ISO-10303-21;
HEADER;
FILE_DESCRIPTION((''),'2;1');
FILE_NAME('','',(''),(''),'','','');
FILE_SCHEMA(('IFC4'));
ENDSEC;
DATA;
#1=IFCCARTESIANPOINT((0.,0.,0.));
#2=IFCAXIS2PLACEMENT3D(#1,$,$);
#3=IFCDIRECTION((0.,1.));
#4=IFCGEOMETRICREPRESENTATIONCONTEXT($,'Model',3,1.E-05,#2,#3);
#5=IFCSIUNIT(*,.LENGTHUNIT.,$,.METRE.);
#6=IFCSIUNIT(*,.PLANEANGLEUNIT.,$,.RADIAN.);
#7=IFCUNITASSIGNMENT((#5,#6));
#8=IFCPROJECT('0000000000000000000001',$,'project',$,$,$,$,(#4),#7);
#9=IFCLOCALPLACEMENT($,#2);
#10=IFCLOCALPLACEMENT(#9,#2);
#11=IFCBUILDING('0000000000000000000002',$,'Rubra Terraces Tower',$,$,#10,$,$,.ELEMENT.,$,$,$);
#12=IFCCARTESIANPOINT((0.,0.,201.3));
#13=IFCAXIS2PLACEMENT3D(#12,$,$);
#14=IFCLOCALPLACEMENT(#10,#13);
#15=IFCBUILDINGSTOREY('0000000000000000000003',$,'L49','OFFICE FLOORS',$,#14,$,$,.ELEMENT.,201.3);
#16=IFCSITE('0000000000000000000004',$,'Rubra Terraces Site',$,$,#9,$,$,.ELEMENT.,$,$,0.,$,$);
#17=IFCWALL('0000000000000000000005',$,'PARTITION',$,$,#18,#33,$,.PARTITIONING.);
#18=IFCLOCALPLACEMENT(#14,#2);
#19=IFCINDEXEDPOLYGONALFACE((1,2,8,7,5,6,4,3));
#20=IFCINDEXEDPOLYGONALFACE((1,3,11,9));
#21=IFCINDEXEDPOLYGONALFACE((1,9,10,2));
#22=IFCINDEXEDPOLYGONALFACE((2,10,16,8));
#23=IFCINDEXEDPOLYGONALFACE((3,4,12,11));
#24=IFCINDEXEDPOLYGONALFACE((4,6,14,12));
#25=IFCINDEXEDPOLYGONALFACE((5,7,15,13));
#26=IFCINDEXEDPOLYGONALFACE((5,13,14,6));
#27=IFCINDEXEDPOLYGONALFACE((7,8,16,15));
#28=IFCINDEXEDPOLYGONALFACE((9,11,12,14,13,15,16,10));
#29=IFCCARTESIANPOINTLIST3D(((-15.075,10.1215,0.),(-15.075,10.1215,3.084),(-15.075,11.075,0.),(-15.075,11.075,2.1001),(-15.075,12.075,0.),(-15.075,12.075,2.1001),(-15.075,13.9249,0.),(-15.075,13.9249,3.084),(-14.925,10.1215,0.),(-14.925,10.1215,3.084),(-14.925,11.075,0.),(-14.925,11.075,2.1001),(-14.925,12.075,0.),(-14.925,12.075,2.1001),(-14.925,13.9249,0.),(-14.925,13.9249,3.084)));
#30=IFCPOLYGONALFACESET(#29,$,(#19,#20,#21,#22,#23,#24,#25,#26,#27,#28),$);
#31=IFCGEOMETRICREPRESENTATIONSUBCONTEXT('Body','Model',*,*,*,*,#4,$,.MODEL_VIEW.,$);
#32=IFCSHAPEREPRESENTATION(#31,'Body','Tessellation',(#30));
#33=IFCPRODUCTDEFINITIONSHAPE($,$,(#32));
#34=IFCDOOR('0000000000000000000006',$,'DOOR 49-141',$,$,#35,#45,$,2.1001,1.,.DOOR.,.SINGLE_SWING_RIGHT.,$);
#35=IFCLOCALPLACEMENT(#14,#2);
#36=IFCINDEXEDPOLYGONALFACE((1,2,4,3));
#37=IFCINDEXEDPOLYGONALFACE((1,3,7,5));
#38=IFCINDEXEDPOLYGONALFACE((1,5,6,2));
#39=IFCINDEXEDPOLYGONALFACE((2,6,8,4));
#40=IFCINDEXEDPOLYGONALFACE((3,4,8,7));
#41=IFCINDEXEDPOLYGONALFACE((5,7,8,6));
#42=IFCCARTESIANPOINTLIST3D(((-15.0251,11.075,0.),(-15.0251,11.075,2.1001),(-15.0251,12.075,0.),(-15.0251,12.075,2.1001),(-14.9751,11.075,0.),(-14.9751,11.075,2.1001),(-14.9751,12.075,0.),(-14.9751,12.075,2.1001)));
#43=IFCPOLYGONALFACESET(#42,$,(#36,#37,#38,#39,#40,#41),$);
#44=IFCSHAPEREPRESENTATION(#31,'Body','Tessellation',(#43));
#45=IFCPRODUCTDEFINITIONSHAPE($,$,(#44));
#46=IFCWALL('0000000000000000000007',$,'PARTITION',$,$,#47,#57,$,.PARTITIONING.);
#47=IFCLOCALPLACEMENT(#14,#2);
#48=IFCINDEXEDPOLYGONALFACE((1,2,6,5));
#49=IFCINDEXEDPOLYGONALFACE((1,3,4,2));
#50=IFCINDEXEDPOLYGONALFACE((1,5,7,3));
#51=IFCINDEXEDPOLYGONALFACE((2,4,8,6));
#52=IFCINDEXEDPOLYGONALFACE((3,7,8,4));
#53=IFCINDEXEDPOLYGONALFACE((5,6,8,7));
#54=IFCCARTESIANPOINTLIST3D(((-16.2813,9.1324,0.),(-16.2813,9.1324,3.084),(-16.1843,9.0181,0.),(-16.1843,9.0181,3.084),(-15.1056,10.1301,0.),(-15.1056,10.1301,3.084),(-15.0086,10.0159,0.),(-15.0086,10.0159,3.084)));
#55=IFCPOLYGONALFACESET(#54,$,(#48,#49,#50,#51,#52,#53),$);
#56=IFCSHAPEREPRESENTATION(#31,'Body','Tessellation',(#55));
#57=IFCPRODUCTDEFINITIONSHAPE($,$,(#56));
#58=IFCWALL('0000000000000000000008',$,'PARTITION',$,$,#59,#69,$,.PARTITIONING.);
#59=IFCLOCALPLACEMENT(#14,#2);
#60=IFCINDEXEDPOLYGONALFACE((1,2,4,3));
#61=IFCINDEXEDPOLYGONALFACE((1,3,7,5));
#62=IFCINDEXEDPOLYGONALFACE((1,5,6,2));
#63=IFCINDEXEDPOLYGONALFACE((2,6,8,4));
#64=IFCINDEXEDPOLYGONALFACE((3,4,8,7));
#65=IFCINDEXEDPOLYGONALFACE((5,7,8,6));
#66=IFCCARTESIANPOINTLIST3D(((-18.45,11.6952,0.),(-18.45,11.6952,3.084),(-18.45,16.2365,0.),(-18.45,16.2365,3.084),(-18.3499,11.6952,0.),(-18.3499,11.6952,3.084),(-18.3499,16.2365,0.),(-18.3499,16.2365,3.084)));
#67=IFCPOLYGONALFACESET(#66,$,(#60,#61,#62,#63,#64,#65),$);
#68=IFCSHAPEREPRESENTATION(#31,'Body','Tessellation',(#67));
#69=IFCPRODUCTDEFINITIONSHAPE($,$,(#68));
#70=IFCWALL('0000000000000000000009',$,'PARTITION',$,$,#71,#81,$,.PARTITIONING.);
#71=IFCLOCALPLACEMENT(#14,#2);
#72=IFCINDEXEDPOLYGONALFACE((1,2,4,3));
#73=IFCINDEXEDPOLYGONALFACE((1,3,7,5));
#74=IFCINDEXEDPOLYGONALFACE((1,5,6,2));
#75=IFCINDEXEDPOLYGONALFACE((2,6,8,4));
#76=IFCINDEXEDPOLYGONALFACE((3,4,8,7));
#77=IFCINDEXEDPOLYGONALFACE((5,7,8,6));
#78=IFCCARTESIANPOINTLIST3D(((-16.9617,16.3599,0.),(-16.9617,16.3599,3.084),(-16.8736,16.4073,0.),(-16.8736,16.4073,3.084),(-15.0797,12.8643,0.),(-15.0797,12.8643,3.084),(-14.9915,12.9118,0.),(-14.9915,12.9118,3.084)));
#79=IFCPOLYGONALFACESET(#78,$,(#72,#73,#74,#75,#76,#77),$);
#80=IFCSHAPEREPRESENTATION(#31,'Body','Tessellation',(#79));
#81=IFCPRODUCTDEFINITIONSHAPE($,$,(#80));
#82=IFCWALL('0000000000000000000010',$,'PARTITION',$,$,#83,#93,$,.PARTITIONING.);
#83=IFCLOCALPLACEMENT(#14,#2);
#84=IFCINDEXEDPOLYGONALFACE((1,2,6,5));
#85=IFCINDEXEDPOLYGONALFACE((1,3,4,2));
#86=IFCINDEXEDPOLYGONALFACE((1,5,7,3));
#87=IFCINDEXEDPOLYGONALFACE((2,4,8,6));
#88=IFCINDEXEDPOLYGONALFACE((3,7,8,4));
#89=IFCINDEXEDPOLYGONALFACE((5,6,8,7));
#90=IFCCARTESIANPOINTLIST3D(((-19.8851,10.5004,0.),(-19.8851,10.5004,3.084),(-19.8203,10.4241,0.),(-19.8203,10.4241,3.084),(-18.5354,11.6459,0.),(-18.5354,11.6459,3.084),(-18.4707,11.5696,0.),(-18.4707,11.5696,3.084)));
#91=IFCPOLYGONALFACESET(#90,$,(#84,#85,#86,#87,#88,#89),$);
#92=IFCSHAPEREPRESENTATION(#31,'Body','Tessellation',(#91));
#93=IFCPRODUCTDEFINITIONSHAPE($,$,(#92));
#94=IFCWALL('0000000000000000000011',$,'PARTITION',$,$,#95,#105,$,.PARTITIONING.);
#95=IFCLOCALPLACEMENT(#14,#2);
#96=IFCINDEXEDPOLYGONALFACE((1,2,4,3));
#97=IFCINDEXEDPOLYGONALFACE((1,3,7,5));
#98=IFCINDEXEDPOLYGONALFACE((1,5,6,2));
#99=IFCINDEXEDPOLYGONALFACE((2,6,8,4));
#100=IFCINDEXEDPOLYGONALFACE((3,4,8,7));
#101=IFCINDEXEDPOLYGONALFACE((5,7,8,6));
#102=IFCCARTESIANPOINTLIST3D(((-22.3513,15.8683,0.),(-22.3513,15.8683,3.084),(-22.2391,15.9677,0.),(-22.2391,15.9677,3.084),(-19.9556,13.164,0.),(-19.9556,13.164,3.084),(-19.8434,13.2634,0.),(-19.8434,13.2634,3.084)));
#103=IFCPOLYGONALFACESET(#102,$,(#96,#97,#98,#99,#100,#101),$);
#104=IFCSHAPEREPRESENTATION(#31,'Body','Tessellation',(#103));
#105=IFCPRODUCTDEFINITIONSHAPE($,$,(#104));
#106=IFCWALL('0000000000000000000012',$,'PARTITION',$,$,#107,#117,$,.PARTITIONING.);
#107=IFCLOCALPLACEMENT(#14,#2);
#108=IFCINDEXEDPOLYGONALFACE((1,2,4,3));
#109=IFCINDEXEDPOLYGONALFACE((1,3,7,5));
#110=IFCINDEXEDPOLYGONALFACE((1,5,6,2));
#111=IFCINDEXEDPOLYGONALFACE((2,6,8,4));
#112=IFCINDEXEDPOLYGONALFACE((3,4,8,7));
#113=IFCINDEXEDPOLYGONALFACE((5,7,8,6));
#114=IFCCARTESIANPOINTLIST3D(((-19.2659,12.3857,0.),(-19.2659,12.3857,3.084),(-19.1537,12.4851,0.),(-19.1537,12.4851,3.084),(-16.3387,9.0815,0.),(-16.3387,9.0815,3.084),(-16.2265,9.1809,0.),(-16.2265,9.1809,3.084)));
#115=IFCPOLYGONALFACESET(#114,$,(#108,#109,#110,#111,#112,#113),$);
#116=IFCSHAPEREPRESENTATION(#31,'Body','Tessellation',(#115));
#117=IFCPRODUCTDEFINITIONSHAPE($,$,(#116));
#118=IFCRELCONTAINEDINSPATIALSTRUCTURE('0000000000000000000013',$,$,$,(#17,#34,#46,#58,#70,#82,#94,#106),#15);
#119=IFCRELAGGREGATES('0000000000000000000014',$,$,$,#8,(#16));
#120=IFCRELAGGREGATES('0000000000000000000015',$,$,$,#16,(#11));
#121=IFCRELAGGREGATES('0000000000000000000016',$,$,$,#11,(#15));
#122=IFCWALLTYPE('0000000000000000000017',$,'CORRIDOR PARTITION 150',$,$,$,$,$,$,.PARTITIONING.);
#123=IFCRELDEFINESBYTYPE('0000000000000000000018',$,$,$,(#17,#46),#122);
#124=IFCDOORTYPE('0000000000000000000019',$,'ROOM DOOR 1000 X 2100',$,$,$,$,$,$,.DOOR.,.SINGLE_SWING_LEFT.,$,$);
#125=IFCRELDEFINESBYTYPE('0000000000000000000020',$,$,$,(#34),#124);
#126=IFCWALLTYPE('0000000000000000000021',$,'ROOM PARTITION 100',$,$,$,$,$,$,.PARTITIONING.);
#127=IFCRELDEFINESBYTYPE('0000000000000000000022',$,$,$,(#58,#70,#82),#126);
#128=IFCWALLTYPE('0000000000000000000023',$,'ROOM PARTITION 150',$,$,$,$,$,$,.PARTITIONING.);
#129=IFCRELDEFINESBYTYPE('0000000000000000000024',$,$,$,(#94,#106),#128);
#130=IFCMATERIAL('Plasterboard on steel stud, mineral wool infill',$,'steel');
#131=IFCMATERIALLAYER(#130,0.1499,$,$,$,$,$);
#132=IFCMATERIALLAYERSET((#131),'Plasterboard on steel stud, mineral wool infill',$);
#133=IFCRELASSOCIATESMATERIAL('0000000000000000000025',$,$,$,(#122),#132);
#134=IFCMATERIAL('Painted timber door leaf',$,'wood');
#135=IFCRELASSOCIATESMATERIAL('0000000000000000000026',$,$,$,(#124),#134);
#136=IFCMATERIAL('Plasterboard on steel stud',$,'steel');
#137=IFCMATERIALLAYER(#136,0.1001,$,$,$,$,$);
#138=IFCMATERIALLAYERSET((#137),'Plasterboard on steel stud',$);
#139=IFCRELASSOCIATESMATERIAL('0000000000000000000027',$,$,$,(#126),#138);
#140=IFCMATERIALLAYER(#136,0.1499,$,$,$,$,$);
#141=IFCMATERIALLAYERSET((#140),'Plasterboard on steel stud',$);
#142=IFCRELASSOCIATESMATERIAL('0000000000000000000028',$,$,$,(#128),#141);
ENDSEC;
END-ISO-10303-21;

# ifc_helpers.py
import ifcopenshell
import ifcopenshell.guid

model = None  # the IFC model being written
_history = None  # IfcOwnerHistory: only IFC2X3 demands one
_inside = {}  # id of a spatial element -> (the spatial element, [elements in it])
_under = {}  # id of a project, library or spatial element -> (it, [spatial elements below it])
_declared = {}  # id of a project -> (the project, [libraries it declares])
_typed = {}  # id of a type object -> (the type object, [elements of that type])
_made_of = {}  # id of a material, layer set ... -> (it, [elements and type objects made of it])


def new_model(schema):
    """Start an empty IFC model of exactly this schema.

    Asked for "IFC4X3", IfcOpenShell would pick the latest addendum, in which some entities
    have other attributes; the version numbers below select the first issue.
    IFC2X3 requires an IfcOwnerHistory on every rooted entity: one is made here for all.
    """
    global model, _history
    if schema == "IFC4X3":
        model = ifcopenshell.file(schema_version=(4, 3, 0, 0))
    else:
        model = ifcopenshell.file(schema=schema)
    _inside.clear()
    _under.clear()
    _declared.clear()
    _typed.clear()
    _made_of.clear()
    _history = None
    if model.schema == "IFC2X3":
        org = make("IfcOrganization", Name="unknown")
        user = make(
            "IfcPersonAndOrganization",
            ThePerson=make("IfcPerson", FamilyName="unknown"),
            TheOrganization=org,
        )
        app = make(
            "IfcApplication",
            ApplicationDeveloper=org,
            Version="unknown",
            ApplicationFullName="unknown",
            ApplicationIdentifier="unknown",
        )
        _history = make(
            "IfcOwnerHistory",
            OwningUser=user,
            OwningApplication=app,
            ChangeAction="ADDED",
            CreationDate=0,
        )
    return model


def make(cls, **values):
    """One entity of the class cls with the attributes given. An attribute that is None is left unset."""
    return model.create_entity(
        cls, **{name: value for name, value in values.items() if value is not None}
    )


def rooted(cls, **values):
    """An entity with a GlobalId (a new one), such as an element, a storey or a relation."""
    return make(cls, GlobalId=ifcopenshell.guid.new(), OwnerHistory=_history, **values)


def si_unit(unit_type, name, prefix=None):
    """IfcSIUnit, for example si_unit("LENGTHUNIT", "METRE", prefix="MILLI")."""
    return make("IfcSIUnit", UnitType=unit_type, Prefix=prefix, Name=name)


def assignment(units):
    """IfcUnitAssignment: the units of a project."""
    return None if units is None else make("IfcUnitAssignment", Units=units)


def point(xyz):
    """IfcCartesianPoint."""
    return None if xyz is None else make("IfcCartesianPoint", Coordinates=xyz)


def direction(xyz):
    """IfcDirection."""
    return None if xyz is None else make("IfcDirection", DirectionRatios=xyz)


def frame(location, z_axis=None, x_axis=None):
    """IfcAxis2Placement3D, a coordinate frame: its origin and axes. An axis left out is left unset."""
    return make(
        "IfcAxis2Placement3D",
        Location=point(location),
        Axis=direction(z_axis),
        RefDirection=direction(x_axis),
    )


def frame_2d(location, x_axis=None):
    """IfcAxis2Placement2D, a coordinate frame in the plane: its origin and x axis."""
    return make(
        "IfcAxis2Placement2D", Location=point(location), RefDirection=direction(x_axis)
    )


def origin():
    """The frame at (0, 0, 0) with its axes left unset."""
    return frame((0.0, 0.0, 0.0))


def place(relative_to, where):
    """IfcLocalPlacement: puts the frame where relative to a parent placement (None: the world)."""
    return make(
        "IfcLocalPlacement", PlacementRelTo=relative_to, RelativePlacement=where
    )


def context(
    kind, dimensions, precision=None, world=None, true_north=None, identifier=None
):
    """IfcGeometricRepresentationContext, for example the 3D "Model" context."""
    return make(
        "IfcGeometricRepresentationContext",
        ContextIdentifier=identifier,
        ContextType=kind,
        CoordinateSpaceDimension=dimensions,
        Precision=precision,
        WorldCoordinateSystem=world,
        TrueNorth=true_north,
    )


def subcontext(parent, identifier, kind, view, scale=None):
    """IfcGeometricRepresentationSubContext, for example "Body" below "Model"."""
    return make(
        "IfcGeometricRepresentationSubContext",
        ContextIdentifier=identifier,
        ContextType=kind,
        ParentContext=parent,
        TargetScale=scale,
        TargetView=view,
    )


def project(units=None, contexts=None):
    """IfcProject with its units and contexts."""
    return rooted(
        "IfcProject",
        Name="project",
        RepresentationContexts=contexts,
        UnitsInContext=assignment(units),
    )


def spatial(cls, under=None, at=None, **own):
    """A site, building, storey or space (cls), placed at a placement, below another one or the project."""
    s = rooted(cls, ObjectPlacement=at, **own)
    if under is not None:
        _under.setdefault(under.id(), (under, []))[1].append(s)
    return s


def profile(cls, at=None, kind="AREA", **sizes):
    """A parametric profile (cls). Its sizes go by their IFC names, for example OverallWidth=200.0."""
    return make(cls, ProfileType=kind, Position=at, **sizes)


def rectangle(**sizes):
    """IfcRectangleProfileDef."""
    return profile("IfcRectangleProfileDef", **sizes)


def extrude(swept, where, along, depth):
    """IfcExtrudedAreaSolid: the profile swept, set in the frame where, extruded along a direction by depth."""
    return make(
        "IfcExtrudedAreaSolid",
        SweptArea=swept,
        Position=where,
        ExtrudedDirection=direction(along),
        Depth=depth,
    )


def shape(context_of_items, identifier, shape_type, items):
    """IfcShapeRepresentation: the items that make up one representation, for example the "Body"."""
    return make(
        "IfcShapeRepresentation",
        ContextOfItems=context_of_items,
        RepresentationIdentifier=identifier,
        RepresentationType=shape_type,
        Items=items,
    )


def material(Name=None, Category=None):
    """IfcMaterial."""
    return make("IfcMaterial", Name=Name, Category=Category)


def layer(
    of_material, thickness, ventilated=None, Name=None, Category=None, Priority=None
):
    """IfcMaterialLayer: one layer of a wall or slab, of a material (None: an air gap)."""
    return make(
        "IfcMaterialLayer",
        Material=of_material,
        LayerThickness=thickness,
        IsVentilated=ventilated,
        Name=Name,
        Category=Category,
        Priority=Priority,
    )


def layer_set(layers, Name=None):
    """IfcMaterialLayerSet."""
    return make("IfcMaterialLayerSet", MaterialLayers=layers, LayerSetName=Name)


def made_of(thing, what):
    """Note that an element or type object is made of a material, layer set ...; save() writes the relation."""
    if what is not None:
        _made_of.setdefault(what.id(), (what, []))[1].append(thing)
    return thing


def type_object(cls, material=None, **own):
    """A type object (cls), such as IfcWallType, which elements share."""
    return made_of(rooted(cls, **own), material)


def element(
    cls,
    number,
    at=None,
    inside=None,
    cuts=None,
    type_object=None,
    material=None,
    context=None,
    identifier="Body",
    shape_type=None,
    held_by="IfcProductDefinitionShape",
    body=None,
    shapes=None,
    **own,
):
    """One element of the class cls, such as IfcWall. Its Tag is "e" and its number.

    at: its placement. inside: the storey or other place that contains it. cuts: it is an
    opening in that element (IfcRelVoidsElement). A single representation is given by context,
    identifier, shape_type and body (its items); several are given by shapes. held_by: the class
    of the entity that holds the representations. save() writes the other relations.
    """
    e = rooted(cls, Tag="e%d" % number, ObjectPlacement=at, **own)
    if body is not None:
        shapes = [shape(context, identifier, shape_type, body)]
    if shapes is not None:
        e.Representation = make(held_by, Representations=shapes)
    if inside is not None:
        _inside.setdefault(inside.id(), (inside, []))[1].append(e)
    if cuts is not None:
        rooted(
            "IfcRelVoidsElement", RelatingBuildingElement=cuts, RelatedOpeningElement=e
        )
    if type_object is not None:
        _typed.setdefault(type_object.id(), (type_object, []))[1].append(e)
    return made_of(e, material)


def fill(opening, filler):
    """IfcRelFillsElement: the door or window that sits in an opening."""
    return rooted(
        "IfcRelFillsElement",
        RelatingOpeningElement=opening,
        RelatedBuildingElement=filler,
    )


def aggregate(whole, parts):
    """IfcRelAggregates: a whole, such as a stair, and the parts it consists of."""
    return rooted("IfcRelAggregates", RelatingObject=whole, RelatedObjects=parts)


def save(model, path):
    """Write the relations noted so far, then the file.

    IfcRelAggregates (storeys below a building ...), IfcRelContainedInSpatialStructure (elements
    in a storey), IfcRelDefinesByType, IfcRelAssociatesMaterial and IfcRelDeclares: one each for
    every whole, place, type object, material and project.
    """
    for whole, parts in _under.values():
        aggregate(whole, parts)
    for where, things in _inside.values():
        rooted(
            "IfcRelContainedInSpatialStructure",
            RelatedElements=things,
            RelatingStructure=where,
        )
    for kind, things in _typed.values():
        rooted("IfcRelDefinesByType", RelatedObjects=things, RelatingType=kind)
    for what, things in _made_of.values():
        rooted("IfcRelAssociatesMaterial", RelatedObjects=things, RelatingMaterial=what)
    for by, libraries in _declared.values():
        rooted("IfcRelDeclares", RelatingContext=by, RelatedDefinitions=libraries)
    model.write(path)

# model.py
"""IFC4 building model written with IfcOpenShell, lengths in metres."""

from ifc_helpers import new_model, si_unit, direction, frame, frame_2d, origin, place, context, subcontext, project, spatial, rectangle, extrude, material, layer, layer_set, type_object, element, fill, save


model = new_model("IFC4")

# Units and contexts
model_context = context("Model", 3, precision=1e-05, world=origin(), true_north=direction((0.0, 1.0)))
body_context = subcontext(model_context, "Body", "Model", "MODEL_VIEW")
ifc_project = project(units=[si_unit("LENGTHUNIT", "METRE"), si_unit("PLANEANGLEUNIT", "RADIAN")], contexts=[model_context])

# Site, building, storey
site_placement = place(None, origin())
site = spatial("IfcSite", under=ifc_project, at=site_placement, Name="Rubra Terraces Site", CompositionType="ELEMENT", RefElevation=0.0)
building_placement = place(site_placement, origin())
building = spatial("IfcBuilding", under=site, at=building_placement, Name="Rubra Terraces Tower", CompositionType="ELEMENT")
storey_placement = place(building_placement, frame((0.0, 0.0, 201.3)))
storey = spatial("IfcBuildingStorey", under=building, at=storey_placement, Name="L49", Description="OFFICE FLOORS", CompositionType="ELEMENT", Elevation=201.3)

# Wall, opening, door
ifc_material_1 = material(Name="Plasterboard on steel stud, mineral wool infill", Category="steel")
ifc_layer_1 = layer(ifc_material_1, 0.1499)
ifc_layer_set_1 = layer_set([ifc_layer_1], Name="Plasterboard on steel stud, mineral wool infill")
wall_type_1 = type_object("IfcWallType", Name="CORRIDOR PARTITION 150", PredefinedType="PARTITIONING", material=ifc_layer_set_1)
wall_1_placement = place(storey_placement, frame((-15.0, 13.925, 0.0), z_axis=(0.0, 0.0, 1.0), x_axis=(0.0, -1.0, 0.0)))
wall_1 = element("IfcWall", 1, at=wall_1_placement, inside=storey, type_object=wall_type_1, Name="PARTITION", PredefinedType="PARTITIONING", context=body_context, shape_type="SweptSolid", body=[
    extrude(rectangle(XDim=3.8035, YDim=0.1499, at=frame_2d((1.9019, 0.0))), origin(), (0.0, 0.0, 1.0), 3.084),
])
opening_1_placement = place(wall_1_placement, frame((1.8501, 0.0, 0.0)))
opening_1 = element("IfcOpeningElement", 2, at=opening_1_placement, cuts=wall_1, PredefinedType="OPENING", context=body_context, shape_type="SweptSolid", body=[
    extrude(rectangle(XDim=1.0, YDim=2.1001, at=frame_2d((0.5, 1.05))), frame((0.0, 0.085, 0.0), z_axis=(0.0, -1.0, 0.0), x_axis=(1.0, 0.0, 0.0)), (0.0, 0.0, 1.0), 0.1699),
])
ifc_material_2 = material(Name="Painted timber door leaf", Category="wood")
door_type = type_object("IfcDoorType", Name="ROOM DOOR 1000 X 2100", OperationType="SINGLE_SWING_LEFT", PredefinedType="DOOR", material=ifc_material_2)
door_placement = place(opening_1_placement, origin())
door = element("IfcDoor", 3, at=door_placement, inside=storey, type_object=door_type, Name="DOOR 49-141", OperationType="SINGLE_SWING_RIGHT", OverallHeight=2.1001, OverallWidth=1.0, PredefinedType="DOOR", context=body_context, shape_type="SweptSolid", body=[
    extrude(rectangle(XDim=1.0, YDim=2.1001, at=frame_2d((0.5, 1.05))), frame((0.0, 0.0249, 0.0), z_axis=(0.0, -1.0, 0.0), x_axis=(1.0, 0.0, 0.0)), (0.0, 0.0, 1.0), 0.05),
])
fill(opening_1, door)

# Walls
wall_2_placement = place(storey_placement, frame((-15.0571, 10.073, 0.0), z_axis=(0.0, 0.0, 1.0), x_axis=(-0.762455, -0.647042, 0.0)))
element("IfcWall", 4, at=wall_2_placement, inside=storey, type_object=wall_type_1, Name="PARTITION", PredefinedType="PARTITIONING", context=body_context, shape_type="SweptSolid", body=[
    extrude(rectangle(XDim=1.542, YDim=0.1499, at=frame_2d((0.771, 0.0))), origin(), (0.0, 0.0, 1.0), 3.084),
])
ifc_material_3 = material(Name="Plasterboard on steel stud", Category="steel")
ifc_layer_2 = layer(ifc_material_3, 0.1001)
ifc_layer_set_2 = layer_set([ifc_layer_2], Name="Plasterboard on steel stud")
wall_type_2 = type_object("IfcWallType", Name="ROOM PARTITION 100", PredefinedType="PARTITIONING", material=ifc_layer_set_2)
wall_3_placement = place(storey_placement, frame((-18.3999, 11.6953, 0.0), z_axis=(0.0, 0.0, 1.0), x_axis=(0.0, 1.0, 0.0)))
element("IfcWall", 5, at=wall_3_placement, inside=storey, type_object=wall_type_2, Name="PARTITION", PredefinedType="PARTITIONING", context=body_context, shape_type="SweptSolid", body=[
    extrude(rectangle(XDim=4.5413, YDim=0.1001, at=frame_2d((2.2705, 0.0))), origin(), (0.0, 0.0, 1.0), 3.084),
])
wall_4_placement = place(storey_placement, frame((-15.0356, 12.8882, 0.0), z_axis=(0.0, 0.0, 1.0), x_axis=(-0.474067, 0.880489, 0.0)))
element("IfcWall", 6, at=wall_4_placement, inside=storey, type_object=wall_type_2, Name="PARTITION", PredefinedType="PARTITIONING", context=body_context, shape_type="SweptSolid", body=[
    extrude(rectangle(XDim=3.97, YDim=0.1001, at=frame_2d((1.9849, 0.0))), origin(), (0.0, 0.0, 1.0), 3.084),
])
wall_5_placement = place(storey_placement, frame((-19.8528, 10.4622, 0.0), z_axis=(0.0, 0.0, 1.0), x_axis=(0.762402, 0.647104, 0.0)))
element("IfcWall", 7, at=wall_5_placement, inside=storey, type_object=wall_type_2, Name="PARTITION", PredefinedType="PARTITIONING", context=body_context, shape_type="SweptSolid", body=[
    extrude(rectangle(XDim=1.7703, YDim=0.1001, at=frame_2d((0.8853, 0.0))), origin(), (0.0, 0.0, 1.0), 3.084),
])
ifc_layer_3 = layer(ifc_material_3, 0.1499)
ifc_layer_set_3 = layer_set([ifc_layer_3], Name="Plasterboard on steel stud")
wall_type_3 = type_object("IfcWallType", Name="ROOM PARTITION 150", PredefinedType="PARTITIONING", material=ifc_layer_set_3)
wall_6_placement = place(storey_placement, frame((-22.2952, 15.918, 0.0), z_axis=(0.0, 0.0, 1.0), x_axis=(0.663109, -0.748523, 0.0)))
element("IfcWall", 8, at=wall_6_placement, inside=storey, type_object=wall_type_3, Name="PARTITION", PredefinedType="PARTITIONING", context=body_context, shape_type="SweptSolid", body=[
    extrude(rectangle(XDim=3.6128, YDim=0.1499, at=frame_2d((1.8064, 0.0))), origin(), (0.0, 0.0, 1.0), 3.084),
])
wall_7_placement = place(storey_placement, frame((-19.2097, 12.4353, 0.0), z_axis=(0.0, 0.0, 1.0), x_axis=(0.66312, -0.748513, 0.0)))
element("IfcWall", 9, at=wall_7_placement, inside=storey, type_object=wall_type_3, Name="PARTITION", PredefinedType="PARTITIONING", context=body_context, shape_type="SweptSolid", body=[
    extrude(rectangle(XDim=4.4143, YDim=0.1499, at=frame_2d((2.207, 0.0))), origin(), (0.0, 0.0, 1.0), 3.084),
])

save(model, "model.ifc")
